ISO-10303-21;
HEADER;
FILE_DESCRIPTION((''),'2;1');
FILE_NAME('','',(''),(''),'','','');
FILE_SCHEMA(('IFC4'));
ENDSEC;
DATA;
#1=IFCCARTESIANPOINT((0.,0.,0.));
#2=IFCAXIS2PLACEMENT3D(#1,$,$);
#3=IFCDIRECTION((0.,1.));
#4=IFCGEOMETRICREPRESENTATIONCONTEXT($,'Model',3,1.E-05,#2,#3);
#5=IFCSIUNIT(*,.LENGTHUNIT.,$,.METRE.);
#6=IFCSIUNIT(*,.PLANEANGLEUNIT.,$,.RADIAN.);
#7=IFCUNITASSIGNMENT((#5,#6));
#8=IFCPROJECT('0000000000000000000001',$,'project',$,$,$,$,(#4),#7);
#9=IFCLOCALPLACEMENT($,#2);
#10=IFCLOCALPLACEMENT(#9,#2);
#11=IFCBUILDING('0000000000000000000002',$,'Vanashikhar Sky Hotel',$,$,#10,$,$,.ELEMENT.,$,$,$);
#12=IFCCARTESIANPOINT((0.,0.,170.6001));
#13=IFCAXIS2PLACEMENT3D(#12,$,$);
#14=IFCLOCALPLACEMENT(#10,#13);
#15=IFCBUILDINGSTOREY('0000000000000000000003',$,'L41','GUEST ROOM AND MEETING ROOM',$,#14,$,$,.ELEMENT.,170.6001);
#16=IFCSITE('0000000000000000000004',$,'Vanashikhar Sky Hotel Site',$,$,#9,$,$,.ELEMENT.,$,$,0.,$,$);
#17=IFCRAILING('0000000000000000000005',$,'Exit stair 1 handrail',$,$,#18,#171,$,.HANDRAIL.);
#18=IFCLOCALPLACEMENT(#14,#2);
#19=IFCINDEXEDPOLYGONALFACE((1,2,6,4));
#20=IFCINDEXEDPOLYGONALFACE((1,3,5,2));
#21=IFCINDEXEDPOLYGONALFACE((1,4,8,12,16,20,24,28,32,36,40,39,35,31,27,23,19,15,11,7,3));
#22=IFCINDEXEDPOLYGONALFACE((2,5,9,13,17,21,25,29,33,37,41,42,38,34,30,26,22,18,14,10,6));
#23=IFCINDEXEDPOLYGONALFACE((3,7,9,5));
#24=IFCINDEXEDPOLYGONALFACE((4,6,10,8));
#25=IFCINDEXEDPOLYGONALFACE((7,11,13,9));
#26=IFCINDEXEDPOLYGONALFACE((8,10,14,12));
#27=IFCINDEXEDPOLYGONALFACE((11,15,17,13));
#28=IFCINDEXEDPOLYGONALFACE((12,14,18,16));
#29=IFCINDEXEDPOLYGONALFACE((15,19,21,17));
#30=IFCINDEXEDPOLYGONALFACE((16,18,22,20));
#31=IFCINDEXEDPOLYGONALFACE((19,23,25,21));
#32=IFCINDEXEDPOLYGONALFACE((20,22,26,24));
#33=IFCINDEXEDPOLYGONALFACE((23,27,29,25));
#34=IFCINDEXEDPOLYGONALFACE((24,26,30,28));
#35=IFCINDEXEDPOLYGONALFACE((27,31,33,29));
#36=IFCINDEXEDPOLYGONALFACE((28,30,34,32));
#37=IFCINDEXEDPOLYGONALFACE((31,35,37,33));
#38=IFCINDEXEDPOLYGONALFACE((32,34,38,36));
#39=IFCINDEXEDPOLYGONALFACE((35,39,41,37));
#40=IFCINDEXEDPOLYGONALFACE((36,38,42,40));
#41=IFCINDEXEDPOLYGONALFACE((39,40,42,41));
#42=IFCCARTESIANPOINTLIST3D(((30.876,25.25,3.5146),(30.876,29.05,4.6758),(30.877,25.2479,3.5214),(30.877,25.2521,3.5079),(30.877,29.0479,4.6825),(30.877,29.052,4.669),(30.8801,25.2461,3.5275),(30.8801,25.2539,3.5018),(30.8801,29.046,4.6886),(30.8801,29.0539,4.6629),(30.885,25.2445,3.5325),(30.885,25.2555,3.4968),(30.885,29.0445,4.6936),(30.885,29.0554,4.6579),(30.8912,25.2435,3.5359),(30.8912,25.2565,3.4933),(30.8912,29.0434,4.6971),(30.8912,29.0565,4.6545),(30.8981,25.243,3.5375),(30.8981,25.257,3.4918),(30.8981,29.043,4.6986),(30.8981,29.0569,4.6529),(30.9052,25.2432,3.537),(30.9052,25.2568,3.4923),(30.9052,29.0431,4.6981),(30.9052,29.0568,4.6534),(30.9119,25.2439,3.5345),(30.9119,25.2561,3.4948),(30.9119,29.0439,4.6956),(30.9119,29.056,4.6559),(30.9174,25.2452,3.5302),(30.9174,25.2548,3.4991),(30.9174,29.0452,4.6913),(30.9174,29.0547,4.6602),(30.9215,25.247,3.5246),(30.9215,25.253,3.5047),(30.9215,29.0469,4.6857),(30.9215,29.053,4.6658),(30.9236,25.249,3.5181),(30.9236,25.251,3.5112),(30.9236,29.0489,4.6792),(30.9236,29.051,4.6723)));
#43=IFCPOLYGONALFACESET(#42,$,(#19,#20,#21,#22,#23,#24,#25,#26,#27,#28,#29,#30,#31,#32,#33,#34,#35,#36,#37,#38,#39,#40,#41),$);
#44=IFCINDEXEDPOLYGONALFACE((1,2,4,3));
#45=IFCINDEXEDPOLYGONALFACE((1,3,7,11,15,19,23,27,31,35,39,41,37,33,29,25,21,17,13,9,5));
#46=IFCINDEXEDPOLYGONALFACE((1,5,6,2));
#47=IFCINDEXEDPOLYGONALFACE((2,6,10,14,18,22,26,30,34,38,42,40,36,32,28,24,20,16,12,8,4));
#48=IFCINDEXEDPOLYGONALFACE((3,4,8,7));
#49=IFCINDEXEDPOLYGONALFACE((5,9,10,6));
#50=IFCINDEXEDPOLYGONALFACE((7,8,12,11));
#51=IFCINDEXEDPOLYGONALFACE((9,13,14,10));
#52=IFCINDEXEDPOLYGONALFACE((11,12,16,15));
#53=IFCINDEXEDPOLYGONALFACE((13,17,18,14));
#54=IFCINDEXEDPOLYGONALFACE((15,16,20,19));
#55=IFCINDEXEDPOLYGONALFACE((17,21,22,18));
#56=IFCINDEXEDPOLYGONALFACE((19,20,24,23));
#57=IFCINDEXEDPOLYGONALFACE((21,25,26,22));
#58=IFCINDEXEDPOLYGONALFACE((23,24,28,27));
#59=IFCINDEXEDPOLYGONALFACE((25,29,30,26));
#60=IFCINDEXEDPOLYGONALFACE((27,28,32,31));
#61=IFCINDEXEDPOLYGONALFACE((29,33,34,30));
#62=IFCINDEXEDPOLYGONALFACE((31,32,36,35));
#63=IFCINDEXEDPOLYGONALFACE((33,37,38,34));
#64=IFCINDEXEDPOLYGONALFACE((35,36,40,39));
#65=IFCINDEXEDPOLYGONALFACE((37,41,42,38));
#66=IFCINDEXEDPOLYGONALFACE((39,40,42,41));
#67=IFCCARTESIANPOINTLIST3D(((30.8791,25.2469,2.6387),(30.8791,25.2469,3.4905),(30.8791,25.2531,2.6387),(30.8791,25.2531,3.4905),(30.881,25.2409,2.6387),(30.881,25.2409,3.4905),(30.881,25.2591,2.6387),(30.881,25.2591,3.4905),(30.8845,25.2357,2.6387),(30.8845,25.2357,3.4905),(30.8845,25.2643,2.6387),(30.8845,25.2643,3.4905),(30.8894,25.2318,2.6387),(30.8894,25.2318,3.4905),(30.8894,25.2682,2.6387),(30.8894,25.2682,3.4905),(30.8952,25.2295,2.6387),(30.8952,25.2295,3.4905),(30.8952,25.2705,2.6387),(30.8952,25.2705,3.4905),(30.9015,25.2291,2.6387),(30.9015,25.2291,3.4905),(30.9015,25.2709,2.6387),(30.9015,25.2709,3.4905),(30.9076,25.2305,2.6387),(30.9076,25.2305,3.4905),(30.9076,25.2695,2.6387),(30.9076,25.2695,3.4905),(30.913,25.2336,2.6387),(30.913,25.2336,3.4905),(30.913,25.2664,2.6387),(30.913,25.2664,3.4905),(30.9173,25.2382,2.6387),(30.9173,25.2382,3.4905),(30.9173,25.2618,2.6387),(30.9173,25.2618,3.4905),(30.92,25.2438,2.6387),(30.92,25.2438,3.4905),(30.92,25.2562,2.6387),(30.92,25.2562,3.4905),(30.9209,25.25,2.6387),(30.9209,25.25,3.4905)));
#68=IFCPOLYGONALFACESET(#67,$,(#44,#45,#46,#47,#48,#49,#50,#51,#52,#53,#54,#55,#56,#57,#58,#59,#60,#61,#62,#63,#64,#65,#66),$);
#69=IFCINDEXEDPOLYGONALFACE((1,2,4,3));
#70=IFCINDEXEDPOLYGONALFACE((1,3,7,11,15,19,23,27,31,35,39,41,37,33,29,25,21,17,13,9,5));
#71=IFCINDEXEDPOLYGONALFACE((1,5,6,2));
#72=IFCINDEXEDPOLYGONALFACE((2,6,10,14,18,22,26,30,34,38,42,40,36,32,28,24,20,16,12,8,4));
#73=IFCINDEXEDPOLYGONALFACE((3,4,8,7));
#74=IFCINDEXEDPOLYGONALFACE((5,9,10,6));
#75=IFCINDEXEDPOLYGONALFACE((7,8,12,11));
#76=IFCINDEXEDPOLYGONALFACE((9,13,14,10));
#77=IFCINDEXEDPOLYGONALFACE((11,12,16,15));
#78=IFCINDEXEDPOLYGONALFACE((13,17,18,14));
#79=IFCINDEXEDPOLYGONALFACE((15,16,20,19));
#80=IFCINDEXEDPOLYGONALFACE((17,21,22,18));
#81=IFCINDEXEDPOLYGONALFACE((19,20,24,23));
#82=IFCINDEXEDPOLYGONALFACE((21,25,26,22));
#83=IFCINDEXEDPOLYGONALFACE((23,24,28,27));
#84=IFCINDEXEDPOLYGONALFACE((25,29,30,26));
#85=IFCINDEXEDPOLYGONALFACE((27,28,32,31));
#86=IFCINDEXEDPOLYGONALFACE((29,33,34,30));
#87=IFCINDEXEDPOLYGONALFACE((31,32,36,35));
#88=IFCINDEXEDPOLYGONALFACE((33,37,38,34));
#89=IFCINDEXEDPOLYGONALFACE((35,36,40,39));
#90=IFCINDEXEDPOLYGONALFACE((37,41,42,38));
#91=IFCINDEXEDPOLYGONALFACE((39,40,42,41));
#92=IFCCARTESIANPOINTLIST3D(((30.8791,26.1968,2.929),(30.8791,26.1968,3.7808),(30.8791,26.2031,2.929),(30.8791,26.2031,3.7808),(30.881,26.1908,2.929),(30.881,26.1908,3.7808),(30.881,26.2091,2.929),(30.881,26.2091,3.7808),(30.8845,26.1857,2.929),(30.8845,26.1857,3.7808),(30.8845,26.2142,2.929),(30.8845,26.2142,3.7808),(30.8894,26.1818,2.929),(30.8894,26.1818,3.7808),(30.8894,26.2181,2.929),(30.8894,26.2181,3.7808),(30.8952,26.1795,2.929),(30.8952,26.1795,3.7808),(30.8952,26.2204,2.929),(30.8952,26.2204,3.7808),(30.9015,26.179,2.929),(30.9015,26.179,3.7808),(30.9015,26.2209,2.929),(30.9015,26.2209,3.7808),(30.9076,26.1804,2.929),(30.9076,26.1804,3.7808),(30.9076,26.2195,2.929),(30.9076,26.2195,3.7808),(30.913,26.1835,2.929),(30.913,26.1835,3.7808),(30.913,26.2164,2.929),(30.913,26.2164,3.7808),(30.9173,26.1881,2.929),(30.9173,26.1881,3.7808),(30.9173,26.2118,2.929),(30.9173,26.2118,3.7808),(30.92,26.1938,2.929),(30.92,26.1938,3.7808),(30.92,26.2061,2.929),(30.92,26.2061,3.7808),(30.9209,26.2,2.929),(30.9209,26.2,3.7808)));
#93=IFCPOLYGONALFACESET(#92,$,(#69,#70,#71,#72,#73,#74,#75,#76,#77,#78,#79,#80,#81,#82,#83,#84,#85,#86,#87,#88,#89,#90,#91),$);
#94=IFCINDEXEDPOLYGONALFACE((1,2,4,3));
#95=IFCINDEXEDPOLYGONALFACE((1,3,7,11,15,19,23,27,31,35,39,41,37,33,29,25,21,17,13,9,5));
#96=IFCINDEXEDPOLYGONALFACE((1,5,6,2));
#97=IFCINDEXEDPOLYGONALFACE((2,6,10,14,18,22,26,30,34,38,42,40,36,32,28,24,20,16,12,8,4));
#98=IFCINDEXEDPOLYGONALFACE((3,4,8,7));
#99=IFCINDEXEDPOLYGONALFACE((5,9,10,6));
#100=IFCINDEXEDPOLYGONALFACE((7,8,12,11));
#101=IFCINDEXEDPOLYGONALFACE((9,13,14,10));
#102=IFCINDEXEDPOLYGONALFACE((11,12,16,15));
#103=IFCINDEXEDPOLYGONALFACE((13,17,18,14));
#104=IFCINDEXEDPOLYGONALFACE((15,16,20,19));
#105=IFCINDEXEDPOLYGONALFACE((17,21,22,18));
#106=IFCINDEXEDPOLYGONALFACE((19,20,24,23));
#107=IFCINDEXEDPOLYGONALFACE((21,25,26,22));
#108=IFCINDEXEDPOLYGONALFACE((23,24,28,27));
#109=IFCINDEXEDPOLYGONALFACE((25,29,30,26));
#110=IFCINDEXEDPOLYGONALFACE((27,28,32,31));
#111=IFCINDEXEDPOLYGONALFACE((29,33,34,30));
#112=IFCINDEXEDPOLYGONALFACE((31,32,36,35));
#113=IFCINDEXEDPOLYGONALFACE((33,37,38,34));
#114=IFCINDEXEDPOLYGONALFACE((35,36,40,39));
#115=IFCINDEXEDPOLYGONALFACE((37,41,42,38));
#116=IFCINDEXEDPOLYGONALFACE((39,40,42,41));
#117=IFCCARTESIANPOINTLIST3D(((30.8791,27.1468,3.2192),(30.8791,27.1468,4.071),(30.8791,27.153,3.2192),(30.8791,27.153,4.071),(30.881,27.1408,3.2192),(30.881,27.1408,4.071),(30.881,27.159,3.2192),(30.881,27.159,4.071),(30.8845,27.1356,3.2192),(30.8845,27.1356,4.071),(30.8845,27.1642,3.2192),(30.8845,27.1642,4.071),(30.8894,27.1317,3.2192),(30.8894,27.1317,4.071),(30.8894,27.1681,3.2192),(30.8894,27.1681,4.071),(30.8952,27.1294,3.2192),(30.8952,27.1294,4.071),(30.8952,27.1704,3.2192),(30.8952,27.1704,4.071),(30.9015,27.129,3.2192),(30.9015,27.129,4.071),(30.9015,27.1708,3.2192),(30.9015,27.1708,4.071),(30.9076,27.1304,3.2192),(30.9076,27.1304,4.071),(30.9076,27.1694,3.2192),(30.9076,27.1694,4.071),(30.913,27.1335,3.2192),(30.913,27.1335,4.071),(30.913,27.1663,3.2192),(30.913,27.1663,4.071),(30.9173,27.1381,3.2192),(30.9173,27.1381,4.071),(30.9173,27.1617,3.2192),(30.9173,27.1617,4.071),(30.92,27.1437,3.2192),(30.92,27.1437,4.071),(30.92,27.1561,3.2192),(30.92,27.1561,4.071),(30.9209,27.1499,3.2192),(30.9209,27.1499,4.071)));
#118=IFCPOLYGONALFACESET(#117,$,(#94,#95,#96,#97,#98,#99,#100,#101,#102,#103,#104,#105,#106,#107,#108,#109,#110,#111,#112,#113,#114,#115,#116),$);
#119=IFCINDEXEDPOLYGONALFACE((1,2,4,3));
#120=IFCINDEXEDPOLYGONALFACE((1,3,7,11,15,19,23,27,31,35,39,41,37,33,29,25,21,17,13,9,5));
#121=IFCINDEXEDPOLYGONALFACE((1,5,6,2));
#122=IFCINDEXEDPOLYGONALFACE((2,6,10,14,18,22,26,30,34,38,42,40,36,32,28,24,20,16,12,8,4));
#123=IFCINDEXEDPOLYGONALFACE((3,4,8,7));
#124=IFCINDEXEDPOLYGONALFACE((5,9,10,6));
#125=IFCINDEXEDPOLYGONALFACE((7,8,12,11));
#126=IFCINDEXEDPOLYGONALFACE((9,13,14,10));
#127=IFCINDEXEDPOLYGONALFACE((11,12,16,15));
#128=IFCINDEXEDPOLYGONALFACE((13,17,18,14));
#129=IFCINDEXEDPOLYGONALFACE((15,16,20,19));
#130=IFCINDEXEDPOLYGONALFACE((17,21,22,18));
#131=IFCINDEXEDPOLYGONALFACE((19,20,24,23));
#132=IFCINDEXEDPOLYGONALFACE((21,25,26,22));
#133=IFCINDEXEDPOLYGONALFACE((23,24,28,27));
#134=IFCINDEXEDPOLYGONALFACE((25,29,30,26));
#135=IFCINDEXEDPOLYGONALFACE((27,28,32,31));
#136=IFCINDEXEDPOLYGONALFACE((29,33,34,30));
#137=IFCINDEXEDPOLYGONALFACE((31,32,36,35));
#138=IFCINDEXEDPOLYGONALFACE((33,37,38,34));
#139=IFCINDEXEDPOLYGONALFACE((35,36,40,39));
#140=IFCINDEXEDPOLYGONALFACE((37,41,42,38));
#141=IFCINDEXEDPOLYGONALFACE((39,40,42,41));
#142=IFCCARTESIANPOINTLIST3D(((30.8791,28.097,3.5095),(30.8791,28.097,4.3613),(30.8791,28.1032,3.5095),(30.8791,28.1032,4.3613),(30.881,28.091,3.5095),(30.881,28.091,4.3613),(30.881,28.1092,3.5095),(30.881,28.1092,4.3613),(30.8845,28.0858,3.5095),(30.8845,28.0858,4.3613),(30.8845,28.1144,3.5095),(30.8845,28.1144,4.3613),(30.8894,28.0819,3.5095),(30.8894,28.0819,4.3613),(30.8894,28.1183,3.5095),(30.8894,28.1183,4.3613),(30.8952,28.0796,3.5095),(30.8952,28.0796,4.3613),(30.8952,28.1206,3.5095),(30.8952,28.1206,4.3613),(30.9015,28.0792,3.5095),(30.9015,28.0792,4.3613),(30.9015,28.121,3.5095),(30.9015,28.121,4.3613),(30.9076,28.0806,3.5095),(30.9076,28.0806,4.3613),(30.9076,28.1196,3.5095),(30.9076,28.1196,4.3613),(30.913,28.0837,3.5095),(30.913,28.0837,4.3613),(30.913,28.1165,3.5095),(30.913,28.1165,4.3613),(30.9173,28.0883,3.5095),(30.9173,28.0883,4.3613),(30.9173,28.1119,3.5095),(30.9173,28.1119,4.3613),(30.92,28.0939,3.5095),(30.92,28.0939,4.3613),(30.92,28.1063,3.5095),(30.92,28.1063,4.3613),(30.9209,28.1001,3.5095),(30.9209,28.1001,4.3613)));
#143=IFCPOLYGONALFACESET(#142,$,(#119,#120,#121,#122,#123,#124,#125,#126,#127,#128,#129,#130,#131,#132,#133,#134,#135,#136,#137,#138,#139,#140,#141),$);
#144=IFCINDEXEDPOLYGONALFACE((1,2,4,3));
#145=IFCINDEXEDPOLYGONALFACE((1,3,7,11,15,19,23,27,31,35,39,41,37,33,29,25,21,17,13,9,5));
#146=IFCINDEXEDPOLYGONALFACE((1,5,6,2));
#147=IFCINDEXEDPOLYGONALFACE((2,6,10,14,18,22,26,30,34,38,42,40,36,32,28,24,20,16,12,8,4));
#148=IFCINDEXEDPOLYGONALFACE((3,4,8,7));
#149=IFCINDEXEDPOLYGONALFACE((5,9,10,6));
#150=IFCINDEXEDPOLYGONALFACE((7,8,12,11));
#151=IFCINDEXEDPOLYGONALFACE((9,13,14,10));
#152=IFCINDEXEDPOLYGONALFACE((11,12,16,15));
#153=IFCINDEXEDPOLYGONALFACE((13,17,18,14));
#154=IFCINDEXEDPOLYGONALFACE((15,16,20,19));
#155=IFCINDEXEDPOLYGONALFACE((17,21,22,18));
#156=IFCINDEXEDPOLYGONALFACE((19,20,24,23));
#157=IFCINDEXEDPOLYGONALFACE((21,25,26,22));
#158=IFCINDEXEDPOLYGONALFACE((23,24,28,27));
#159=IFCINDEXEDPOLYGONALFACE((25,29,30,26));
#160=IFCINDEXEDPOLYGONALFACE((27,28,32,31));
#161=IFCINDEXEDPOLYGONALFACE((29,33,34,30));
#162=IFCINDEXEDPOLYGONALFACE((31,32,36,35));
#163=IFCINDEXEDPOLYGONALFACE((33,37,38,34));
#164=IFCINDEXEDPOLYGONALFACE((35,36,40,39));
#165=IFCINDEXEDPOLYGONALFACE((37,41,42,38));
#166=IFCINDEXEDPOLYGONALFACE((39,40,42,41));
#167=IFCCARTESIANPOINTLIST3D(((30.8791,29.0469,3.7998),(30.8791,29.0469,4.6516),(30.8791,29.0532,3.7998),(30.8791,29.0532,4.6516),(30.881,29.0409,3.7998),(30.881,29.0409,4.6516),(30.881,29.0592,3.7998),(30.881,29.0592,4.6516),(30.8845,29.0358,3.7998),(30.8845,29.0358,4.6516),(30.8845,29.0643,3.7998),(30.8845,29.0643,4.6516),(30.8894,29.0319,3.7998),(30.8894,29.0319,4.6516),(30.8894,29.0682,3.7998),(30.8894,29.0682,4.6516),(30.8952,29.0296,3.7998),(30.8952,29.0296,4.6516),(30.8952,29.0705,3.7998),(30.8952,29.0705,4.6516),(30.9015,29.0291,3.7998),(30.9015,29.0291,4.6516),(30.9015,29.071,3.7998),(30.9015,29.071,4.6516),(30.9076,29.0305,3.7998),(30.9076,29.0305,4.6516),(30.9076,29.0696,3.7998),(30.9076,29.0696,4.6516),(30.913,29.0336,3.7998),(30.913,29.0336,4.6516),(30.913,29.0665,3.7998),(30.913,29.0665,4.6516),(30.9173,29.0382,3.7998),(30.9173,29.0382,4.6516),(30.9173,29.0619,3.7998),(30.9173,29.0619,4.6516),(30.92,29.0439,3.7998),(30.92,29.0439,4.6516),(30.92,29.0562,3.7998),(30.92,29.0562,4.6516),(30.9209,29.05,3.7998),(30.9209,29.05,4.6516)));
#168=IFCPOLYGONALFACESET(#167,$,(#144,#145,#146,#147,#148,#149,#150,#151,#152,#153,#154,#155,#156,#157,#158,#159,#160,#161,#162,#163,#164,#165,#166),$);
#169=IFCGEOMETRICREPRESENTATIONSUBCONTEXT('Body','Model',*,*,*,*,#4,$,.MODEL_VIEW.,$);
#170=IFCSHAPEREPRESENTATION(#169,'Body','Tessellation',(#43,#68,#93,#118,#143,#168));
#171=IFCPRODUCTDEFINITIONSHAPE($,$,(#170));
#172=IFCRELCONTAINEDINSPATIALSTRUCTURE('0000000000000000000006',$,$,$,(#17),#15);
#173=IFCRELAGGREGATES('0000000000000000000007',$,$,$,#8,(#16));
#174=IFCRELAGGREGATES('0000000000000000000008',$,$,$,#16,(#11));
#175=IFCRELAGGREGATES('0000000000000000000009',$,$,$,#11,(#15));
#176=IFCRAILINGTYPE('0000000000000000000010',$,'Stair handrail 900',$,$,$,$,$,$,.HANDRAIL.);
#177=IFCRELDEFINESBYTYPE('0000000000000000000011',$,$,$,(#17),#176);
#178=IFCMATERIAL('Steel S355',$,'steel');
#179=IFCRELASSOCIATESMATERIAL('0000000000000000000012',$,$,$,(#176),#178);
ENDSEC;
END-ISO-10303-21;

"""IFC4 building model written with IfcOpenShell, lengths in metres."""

from ifc_helpers import new_model, si_unit, direction, frame, origin, origin_2d, place, context, subcontext, project, spatial, circle, extrude, source, transform, mapped, material, type_object, element, save


model = new_model("IFC4")

# Units and contexts
model_context = context("Model", 3, precision=1e-05, world=origin(), true_north=direction((0.0, 1.0)))
body_context = subcontext(model_context, "Body", "Model", "MODEL_VIEW")
ifc_project = project(units=[si_unit("LENGTHUNIT", "METRE"), si_unit("PLANEANGLEUNIT", "RADIAN")], contexts=[model_context])

# Site, building, storey
site_placement = place(None, origin())
site = spatial("IfcSite", under=ifc_project, at=site_placement, Name="Vanashikhar Sky Hotel Site", CompositionType="ELEMENT", RefElevation=0.0)
building_placement = place(site_placement, origin())
building = spatial("IfcBuilding", under=site, at=building_placement, Name="Vanashikhar Sky Hotel", CompositionType="ELEMENT")
storey_placement = place(building_placement, frame((0.0, 0.0, 170.6001)))
storey = spatial("IfcBuildingStorey", under=building, at=storey_placement, Name="L41", Description="GUEST ROOM AND MEETING ROOM", CompositionType="ELEMENT", Elevation=170.6001)

# Railing
ifc_material_1 = material(Name="Steel S355", Category="steel")
railing_type_1 = type_object("IfcRailingType", Name="Stair handrail 900", PredefinedType="HANDRAIL", material=ifc_material_1)
shared_shape_1 = source(origin(), body_context, "Body", "SweptSolid", [
    extrude(circle(Radius=0.0239, at=origin_2d()), frame((0.0, 0.0, 0.876), z_axis=(0.0, 0.956351, 0.29222), x_axis=(-1.0, 0.0, 0.0)), (0.0, 0.0, 1.0), 3.9734),
    extrude(circle(Radius=0.021, at=origin_2d()), origin(), (0.0, 0.0, 1.0), 0.8518),
    extrude(circle(Radius=0.021, at=origin_2d()), frame((0.0, 0.95, 0.2903)), (0.0, 0.0, 1.0), 0.8518),
    extrude(circle(Radius=0.021, at=origin_2d()), frame((0.0, 1.8999, 0.5806)), (0.0, 0.0, 1.0), 0.8518),
    extrude(circle(Radius=0.021, at=origin_2d()), frame((0.0, 2.8501, 0.8708)), (0.0, 0.0, 1.0), 0.8518),
    extrude(circle(Radius=0.021, at=origin_2d()), frame((0.0, 3.8, 1.1611)), (0.0, 0.0, 1.0), 0.8518),
])
for number, where, name in (
    (1, (30.8999, 25.25, 2.6387), "Exit stair 1 handrail"),
):
    element("IfcRailing", number, at=place(storey_placement, frame(where)), inside=storey, type_object=railing_type_1, Name=name, PredefinedType="HANDRAIL", context=body_context, shape_type="MappedRepresentation", body=[
        mapped(shared_shape_1, transform((0.0, 0.0, 0.0), scale=1.0)),
    ])

save(model, "model.ifc")
